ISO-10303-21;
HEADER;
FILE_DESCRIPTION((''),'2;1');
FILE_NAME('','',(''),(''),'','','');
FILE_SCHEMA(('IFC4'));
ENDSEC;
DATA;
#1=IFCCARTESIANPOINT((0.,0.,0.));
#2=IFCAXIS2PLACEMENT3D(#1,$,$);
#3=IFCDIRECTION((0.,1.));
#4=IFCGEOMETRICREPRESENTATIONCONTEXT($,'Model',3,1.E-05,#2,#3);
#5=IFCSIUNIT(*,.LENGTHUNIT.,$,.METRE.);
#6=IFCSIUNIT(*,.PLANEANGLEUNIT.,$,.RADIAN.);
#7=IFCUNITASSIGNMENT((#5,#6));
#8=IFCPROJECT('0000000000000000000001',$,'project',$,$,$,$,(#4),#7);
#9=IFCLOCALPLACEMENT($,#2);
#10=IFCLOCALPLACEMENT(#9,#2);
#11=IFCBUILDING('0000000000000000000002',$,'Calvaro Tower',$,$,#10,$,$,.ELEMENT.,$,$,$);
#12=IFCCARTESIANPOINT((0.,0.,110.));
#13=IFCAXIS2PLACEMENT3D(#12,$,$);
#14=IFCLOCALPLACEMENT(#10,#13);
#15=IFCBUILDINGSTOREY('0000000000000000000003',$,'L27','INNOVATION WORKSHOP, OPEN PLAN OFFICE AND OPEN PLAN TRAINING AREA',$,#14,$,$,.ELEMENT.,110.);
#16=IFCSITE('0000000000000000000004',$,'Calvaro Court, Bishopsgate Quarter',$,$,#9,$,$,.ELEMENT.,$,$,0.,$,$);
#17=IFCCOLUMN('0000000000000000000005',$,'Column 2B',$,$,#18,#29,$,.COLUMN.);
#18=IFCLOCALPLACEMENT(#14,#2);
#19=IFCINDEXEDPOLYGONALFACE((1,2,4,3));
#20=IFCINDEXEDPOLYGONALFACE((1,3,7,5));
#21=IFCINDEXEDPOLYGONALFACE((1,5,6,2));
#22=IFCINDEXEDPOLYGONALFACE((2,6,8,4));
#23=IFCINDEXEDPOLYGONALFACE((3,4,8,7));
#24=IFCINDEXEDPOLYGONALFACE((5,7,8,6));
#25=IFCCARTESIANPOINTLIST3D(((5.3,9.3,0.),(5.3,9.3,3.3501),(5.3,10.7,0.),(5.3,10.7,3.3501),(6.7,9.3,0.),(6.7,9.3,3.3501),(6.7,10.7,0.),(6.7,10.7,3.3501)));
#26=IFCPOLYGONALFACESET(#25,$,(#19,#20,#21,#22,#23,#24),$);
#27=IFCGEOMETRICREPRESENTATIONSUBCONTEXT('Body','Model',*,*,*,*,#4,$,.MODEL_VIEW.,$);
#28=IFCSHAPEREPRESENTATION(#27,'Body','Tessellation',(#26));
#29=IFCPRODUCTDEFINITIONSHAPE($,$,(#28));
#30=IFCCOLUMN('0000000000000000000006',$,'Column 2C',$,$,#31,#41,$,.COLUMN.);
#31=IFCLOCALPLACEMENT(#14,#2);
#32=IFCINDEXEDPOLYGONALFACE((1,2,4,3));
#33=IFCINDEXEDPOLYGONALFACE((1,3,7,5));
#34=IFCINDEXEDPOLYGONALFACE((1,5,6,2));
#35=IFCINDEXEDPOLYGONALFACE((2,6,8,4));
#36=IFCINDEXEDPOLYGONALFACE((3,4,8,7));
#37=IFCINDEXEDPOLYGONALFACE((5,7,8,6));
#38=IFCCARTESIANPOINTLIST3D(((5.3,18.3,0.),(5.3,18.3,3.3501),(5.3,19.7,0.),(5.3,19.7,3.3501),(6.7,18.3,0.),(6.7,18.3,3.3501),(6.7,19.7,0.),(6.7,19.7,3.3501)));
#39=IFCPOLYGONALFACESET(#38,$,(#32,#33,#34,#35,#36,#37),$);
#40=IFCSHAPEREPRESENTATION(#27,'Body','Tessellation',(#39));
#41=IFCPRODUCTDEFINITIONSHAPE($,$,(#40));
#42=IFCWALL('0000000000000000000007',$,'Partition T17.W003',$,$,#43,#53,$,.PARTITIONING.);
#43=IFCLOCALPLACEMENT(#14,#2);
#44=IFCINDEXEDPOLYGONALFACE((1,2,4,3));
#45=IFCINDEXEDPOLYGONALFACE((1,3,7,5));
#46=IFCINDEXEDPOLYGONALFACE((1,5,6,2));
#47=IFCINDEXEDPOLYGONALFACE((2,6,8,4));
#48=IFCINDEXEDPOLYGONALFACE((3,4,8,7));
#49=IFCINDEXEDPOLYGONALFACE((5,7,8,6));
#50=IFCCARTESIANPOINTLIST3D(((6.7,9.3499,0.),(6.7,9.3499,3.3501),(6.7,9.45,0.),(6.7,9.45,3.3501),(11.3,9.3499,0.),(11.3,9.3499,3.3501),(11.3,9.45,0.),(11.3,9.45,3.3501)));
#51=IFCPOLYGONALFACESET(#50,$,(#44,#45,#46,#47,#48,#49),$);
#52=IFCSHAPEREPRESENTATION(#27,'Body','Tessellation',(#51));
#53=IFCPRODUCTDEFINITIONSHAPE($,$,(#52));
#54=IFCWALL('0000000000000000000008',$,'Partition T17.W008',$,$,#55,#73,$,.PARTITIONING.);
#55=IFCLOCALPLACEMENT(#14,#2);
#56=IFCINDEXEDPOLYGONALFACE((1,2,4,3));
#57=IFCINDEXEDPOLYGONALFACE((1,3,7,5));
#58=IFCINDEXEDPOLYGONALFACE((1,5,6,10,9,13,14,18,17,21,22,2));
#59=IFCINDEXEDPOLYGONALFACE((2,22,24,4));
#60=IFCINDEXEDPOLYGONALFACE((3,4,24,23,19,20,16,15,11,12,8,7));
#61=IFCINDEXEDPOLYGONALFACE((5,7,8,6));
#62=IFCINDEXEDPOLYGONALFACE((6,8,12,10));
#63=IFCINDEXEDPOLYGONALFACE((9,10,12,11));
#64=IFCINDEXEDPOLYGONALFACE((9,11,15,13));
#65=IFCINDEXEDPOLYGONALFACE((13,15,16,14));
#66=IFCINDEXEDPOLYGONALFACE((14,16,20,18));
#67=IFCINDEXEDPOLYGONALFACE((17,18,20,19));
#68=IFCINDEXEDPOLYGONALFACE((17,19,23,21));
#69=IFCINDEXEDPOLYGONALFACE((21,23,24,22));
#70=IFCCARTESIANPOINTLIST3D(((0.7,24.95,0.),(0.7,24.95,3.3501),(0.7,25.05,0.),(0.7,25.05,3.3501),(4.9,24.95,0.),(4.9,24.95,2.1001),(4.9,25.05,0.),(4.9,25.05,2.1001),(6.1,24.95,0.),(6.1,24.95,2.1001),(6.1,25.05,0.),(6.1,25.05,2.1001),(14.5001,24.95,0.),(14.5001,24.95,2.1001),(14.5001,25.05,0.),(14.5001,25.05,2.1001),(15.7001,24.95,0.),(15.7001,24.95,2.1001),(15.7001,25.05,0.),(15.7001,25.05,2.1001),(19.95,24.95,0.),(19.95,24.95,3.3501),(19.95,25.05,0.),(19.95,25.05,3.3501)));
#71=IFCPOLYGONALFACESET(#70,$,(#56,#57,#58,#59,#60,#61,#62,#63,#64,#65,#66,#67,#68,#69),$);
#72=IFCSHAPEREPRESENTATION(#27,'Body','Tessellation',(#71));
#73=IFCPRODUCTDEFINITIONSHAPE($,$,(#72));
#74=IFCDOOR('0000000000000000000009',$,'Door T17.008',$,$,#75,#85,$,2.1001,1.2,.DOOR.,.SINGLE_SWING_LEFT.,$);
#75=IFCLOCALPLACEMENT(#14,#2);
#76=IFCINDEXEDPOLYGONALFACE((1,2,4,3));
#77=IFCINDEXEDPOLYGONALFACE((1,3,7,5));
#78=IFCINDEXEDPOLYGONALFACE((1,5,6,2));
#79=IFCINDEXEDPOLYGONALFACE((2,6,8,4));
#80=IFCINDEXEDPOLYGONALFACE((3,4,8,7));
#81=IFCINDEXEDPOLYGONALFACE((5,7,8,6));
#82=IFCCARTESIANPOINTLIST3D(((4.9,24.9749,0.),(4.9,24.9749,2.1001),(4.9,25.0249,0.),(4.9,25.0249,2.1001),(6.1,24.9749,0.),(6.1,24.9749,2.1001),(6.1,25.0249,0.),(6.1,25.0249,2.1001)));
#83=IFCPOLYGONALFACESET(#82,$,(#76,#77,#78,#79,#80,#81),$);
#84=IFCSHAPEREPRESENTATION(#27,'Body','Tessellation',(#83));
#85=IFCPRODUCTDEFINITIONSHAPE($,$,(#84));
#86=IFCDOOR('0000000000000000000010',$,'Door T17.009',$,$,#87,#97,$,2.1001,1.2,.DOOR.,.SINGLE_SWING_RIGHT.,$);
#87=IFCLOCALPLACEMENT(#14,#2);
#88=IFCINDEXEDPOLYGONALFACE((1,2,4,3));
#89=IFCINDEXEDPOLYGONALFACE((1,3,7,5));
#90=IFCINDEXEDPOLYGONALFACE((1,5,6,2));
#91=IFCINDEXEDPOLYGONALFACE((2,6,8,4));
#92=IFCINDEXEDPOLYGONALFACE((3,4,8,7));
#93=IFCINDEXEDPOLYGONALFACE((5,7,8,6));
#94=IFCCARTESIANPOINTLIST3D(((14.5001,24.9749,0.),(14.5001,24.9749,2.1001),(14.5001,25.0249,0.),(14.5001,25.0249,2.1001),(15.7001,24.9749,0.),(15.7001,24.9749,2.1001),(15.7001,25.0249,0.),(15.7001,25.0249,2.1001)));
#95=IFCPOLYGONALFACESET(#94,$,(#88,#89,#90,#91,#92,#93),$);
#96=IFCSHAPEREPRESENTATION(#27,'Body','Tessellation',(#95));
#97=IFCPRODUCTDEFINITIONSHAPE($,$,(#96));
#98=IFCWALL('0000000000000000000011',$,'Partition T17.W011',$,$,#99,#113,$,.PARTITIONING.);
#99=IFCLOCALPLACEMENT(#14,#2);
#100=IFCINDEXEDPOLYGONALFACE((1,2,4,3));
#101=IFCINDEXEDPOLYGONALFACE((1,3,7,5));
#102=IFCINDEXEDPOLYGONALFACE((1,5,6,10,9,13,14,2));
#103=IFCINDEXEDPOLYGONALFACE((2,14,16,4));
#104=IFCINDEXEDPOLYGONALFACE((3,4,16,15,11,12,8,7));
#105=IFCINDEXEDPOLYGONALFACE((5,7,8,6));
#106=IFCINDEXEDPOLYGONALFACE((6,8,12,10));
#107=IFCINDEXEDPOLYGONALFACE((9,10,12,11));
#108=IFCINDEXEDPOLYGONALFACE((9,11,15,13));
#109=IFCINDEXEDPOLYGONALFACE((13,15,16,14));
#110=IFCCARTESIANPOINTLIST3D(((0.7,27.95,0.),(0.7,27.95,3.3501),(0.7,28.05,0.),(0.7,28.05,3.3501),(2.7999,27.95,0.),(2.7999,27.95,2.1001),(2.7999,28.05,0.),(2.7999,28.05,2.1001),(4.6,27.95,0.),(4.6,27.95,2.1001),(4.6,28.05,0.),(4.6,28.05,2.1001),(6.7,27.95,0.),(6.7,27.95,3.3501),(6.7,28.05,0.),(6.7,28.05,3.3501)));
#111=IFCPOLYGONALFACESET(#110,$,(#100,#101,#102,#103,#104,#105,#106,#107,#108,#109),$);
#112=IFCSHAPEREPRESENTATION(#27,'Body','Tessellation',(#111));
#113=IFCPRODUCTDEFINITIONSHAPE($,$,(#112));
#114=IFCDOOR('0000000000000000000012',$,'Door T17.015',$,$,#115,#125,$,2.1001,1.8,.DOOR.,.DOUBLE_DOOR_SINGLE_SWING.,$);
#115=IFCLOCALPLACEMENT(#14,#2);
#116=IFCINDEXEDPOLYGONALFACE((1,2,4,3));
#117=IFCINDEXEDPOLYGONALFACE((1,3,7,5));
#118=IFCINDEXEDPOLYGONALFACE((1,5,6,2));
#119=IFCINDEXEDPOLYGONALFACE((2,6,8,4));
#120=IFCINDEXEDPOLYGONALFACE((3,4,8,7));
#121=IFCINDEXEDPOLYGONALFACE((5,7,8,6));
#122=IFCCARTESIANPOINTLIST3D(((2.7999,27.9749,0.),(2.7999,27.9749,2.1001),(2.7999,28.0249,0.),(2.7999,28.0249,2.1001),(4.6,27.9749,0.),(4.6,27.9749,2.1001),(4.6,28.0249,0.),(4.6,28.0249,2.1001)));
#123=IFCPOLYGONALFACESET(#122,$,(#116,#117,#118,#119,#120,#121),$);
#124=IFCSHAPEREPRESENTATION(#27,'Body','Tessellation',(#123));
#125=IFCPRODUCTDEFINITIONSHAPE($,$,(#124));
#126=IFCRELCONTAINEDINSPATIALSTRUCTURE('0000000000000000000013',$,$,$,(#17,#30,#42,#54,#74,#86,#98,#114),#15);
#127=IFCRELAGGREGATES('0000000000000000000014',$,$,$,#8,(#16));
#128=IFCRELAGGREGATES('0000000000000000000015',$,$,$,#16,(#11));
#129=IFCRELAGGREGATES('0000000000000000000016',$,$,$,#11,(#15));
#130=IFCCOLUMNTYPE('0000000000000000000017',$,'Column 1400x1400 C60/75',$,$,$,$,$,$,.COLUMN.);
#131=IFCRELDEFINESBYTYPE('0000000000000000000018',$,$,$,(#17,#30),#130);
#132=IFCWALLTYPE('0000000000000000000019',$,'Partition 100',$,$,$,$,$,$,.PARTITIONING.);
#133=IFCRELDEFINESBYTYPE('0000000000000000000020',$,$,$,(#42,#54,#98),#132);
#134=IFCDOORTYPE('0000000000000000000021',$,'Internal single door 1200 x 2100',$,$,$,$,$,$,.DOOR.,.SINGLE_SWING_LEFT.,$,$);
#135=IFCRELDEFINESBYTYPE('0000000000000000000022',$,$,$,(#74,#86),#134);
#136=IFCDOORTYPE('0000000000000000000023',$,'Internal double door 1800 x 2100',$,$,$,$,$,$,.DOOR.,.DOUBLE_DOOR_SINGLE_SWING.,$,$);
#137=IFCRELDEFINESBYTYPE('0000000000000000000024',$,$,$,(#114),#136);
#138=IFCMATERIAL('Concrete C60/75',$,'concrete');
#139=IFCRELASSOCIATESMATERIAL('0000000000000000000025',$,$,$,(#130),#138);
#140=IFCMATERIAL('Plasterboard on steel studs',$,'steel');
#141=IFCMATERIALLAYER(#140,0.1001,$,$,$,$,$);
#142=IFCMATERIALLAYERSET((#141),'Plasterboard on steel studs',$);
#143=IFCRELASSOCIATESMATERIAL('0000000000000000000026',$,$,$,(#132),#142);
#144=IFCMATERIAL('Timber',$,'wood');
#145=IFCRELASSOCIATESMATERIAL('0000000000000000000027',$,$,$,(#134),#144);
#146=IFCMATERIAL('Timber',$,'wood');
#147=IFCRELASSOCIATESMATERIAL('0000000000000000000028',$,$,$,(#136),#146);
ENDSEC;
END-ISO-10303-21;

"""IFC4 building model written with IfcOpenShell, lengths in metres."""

from ifc_helpers import new_model, si_unit, direction, frame, frame_2d, origin, origin_2d, place, context, subcontext, project, spatial, rectangle, extrude, material, layer, layer_set, material_profile, profile_set, type_object, element, fill, save


model = new_model("IFC4")

# Units and contexts
model_context = context("Model", 3, precision=1e-05, world=origin(), true_north=direction((0.0, 1.0)))
body_context = subcontext(model_context, "Body", "Model", "MODEL_VIEW")
ifc_project = project(units=[si_unit("LENGTHUNIT", "METRE"), si_unit("PLANEANGLEUNIT", "RADIAN")], contexts=[model_context])

# Site, building, storey
site_placement = place(None, origin())
site = spatial("IfcSite", under=ifc_project, at=site_placement, Name="Calvaro Court, Bishopsgate Quarter", CompositionType="ELEMENT", RefElevation=0.0)
building_placement = place(site_placement, origin())
building = spatial("IfcBuilding", under=site, at=building_placement, Name="Calvaro Tower", CompositionType="ELEMENT")
storey_placement = place(building_placement, frame((0.0, 0.0, 110.0)))
storey = spatial("IfcBuildingStorey", under=building, at=storey_placement, Name="L27", Description="INNOVATION WORKSHOP, OPEN PLAN OFFICE AND OPEN PLAN TRAINING AREA", CompositionType="ELEMENT", Elevation=110.0)

# Columns
ifc_material_1 = material(Name="Concrete C60/75", Category="concrete")
ifc_material_profile = material_profile(ifc_material_1, rectangle(XDim=1.3999, YDim=1.3999, at=origin_2d()), Name="RC 1400x1400")
ifc_profile_set = profile_set([ifc_material_profile], Name="Concrete C60/75")
column_type = type_object("IfcColumnType", Name="Column 1400x1400 C60/75", PredefinedType="COLUMN", material=ifc_profile_set)
for number, where, z_axis, x_axis, name in (
    (1, (6.0, 10.0, 0.0), (0.0, 0.0, 1.0), (1.0, 0.0, 0.0), "Column 2B"),
    (2, (6.0, 19.0, 0.0), (0.0, 0.0, 1.0), (1.0, 0.0, 0.0), "Column 2C"),
):
    element("IfcColumn", number, at=place(storey_placement, frame(where, z_axis=z_axis, x_axis=x_axis)), inside=storey, type_object=column_type, Name=name, PredefinedType="COLUMN", context=body_context, shape_type="SweptSolid", body=[
        extrude(rectangle(XDim=1.3999, YDim=1.3999, at=origin_2d()), origin(), (0.0, 0.0, 1.0), 3.3501),
    ])

# Wall
ifc_material_2 = material(Name="Plasterboard on steel studs", Category="steel")
ifc_layer = layer(ifc_material_2, 0.1001)
ifc_layer_set = layer_set([ifc_layer], Name="Plasterboard on steel studs")
wall_type = type_object("IfcWallType", Name="Partition 100", PredefinedType="PARTITIONING", material=ifc_layer_set)
wall_1_placement = place(storey_placement, frame((6.7, 9.3999, 0.0), z_axis=(0.0, 0.0, 1.0), x_axis=(1.0, 0.0, 0.0)))
element("IfcWall", 3, at=wall_1_placement, inside=storey, type_object=wall_type, Name="Partition T17.W003", PredefinedType="PARTITIONING", context=body_context, shape_type="SweptSolid", body=[
    extrude(rectangle(XDim=4.6001, YDim=0.1001, at=frame_2d((2.3, 0.0))), origin(), (0.0, 0.0, 1.0), 3.3501),
])

# Wall, openings, doors
wall_2_placement = place(storey_placement, frame((0.7, 25.0, 0.0), z_axis=(0.0, 0.0, 1.0), x_axis=(1.0, 0.0, 0.0)))
wall_2 = element("IfcWall", 4, at=wall_2_placement, inside=storey, type_object=wall_type, Name="Partition T17.W008", PredefinedType="PARTITIONING", context=body_context, shape_type="SweptSolid", body=[
    extrude(rectangle(XDim=19.25, YDim=0.1001, at=frame_2d((9.625, 0.0))), origin(), (0.0, 0.0, 1.0), 3.3501),
])
opening_1_placement = place(wall_2_placement, frame((4.2, 0.0, 0.0)))
opening_1 = element("IfcOpeningElement", 5, at=opening_1_placement, cuts=wall_2, PredefinedType="OPENING", context=body_context, shape_type="SweptSolid", body=[
    extrude(rectangle(XDim=1.2, YDim=2.1001, at=frame_2d((0.6001, 1.05))), frame((0.0, 0.0601, 0.0), z_axis=(0.0, -1.0, 0.0), x_axis=(1.0, 0.0, 0.0)), (0.0, 0.0, 1.0), 0.1201),
])
opening_2_placement = place(wall_2_placement, frame((13.8, 0.0, 0.0)))
opening_2 = element("IfcOpeningElement", 6, at=opening_2_placement, cuts=wall_2, PredefinedType="OPENING", context=body_context, shape_type="SweptSolid", body=[
    extrude(rectangle(XDim=1.2, YDim=2.1001, at=frame_2d((0.6001, 1.05))), frame((0.0, 0.0601, 0.0), z_axis=(0.0, -1.0, 0.0), x_axis=(1.0, 0.0, 0.0)), (0.0, 0.0, 1.0), 0.1201),
])
ifc_material_3 = material(Name="Timber", Category="wood")
door_type_1 = type_object("IfcDoorType", Name="Internal single door 1200 x 2100", OperationType="SINGLE_SWING_LEFT", PredefinedType="DOOR", material=ifc_material_3)
door_1_placement = place(opening_1_placement, origin())
door_1 = element("IfcDoor", 7, at=door_1_placement, inside=storey, type_object=door_type_1, Name="Door T17.008", OperationType="SINGLE_SWING_LEFT", OverallHeight=2.1001, OverallWidth=1.2, PredefinedType="DOOR", context=body_context, shape_type="SweptSolid", body=[
    extrude(rectangle(XDim=1.2, YDim=2.1001, at=frame_2d((0.6001, 1.05))), frame((0.0, 0.0249, 0.0), z_axis=(0.0, -1.0, 0.0), x_axis=(1.0, 0.0, 0.0)), (0.0, 0.0, 1.0), 0.05),
])
fill(opening_1, door_1)
door_2_placement = place(opening_2_placement, origin())
door_2 = element("IfcDoor", 8, at=door_2_placement, inside=storey, type_object=door_type_1, Name="Door T17.009", OperationType="SINGLE_SWING_RIGHT", OverallHeight=2.1001, OverallWidth=1.2, PredefinedType="DOOR", context=body_context, shape_type="SweptSolid", body=[
    extrude(rectangle(XDim=1.2, YDim=2.1001, at=frame_2d((0.6001, 1.05))), frame((0.0, 0.0249, 0.0), z_axis=(0.0, -1.0, 0.0), x_axis=(1.0, 0.0, 0.0)), (0.0, 0.0, 1.0), 0.05),
])
fill(opening_2, door_2)

# Wall, opening, door
wall_3_placement = place(storey_placement, frame((0.7, 28.0, 0.0), z_axis=(0.0, 0.0, 1.0), x_axis=(1.0, 0.0, 0.0)))
wall_3 = element("IfcWall", 9, at=wall_3_placement, inside=storey, type_object=wall_type, Name="Partition T17.W011", PredefinedType="PARTITIONING", context=body_context, shape_type="SweptSolid", body=[
    extrude(rectangle(XDim=6.0, YDim=0.1001, at=frame_2d((3.0, 0.0))), origin(), (0.0, 0.0, 1.0), 3.3501),
])
opening_3_placement = place(wall_3_placement, frame((2.1001, 0.0, 0.0)))
opening_3 = element("IfcOpeningElement", 10, at=opening_3_placement, cuts=wall_3, PredefinedType="OPENING", context=body_context, shape_type="SweptSolid", body=[
    extrude(rectangle(XDim=1.8, YDim=2.1001, at=frame_2d((0.8999, 1.05))), frame((0.0, 0.0601, 0.0), z_axis=(0.0, -1.0, 0.0), x_axis=(1.0, 0.0, 0.0)), (0.0, 0.0, 1.0), 0.1201),
])
ifc_material_4 = material(Name="Timber", Category="wood")
door_type_2 = type_object("IfcDoorType", Name="Internal double door 1800 x 2100", OperationType="DOUBLE_DOOR_SINGLE_SWING", PredefinedType="DOOR", material=ifc_material_4)
door_3_placement = place(opening_3_placement, origin())
door_3 = element("IfcDoor", 11, at=door_3_placement, inside=storey, type_object=door_type_2, Name="Door T17.015", OperationType="DOUBLE_DOOR_SINGLE_SWING", OverallHeight=2.1001, OverallWidth=1.8, PredefinedType="DOOR", context=body_context, shape_type="SweptSolid", body=[
    extrude(rectangle(XDim=1.8, YDim=2.1001, at=frame_2d((0.8999, 1.05))), frame((0.0, 0.0249, 0.0), z_axis=(0.0, -1.0, 0.0), x_axis=(1.0, 0.0, 0.0)), (0.0, 0.0, 1.0), 0.05),
])
fill(opening_3, door_3)

save(model, "model.ifc")
